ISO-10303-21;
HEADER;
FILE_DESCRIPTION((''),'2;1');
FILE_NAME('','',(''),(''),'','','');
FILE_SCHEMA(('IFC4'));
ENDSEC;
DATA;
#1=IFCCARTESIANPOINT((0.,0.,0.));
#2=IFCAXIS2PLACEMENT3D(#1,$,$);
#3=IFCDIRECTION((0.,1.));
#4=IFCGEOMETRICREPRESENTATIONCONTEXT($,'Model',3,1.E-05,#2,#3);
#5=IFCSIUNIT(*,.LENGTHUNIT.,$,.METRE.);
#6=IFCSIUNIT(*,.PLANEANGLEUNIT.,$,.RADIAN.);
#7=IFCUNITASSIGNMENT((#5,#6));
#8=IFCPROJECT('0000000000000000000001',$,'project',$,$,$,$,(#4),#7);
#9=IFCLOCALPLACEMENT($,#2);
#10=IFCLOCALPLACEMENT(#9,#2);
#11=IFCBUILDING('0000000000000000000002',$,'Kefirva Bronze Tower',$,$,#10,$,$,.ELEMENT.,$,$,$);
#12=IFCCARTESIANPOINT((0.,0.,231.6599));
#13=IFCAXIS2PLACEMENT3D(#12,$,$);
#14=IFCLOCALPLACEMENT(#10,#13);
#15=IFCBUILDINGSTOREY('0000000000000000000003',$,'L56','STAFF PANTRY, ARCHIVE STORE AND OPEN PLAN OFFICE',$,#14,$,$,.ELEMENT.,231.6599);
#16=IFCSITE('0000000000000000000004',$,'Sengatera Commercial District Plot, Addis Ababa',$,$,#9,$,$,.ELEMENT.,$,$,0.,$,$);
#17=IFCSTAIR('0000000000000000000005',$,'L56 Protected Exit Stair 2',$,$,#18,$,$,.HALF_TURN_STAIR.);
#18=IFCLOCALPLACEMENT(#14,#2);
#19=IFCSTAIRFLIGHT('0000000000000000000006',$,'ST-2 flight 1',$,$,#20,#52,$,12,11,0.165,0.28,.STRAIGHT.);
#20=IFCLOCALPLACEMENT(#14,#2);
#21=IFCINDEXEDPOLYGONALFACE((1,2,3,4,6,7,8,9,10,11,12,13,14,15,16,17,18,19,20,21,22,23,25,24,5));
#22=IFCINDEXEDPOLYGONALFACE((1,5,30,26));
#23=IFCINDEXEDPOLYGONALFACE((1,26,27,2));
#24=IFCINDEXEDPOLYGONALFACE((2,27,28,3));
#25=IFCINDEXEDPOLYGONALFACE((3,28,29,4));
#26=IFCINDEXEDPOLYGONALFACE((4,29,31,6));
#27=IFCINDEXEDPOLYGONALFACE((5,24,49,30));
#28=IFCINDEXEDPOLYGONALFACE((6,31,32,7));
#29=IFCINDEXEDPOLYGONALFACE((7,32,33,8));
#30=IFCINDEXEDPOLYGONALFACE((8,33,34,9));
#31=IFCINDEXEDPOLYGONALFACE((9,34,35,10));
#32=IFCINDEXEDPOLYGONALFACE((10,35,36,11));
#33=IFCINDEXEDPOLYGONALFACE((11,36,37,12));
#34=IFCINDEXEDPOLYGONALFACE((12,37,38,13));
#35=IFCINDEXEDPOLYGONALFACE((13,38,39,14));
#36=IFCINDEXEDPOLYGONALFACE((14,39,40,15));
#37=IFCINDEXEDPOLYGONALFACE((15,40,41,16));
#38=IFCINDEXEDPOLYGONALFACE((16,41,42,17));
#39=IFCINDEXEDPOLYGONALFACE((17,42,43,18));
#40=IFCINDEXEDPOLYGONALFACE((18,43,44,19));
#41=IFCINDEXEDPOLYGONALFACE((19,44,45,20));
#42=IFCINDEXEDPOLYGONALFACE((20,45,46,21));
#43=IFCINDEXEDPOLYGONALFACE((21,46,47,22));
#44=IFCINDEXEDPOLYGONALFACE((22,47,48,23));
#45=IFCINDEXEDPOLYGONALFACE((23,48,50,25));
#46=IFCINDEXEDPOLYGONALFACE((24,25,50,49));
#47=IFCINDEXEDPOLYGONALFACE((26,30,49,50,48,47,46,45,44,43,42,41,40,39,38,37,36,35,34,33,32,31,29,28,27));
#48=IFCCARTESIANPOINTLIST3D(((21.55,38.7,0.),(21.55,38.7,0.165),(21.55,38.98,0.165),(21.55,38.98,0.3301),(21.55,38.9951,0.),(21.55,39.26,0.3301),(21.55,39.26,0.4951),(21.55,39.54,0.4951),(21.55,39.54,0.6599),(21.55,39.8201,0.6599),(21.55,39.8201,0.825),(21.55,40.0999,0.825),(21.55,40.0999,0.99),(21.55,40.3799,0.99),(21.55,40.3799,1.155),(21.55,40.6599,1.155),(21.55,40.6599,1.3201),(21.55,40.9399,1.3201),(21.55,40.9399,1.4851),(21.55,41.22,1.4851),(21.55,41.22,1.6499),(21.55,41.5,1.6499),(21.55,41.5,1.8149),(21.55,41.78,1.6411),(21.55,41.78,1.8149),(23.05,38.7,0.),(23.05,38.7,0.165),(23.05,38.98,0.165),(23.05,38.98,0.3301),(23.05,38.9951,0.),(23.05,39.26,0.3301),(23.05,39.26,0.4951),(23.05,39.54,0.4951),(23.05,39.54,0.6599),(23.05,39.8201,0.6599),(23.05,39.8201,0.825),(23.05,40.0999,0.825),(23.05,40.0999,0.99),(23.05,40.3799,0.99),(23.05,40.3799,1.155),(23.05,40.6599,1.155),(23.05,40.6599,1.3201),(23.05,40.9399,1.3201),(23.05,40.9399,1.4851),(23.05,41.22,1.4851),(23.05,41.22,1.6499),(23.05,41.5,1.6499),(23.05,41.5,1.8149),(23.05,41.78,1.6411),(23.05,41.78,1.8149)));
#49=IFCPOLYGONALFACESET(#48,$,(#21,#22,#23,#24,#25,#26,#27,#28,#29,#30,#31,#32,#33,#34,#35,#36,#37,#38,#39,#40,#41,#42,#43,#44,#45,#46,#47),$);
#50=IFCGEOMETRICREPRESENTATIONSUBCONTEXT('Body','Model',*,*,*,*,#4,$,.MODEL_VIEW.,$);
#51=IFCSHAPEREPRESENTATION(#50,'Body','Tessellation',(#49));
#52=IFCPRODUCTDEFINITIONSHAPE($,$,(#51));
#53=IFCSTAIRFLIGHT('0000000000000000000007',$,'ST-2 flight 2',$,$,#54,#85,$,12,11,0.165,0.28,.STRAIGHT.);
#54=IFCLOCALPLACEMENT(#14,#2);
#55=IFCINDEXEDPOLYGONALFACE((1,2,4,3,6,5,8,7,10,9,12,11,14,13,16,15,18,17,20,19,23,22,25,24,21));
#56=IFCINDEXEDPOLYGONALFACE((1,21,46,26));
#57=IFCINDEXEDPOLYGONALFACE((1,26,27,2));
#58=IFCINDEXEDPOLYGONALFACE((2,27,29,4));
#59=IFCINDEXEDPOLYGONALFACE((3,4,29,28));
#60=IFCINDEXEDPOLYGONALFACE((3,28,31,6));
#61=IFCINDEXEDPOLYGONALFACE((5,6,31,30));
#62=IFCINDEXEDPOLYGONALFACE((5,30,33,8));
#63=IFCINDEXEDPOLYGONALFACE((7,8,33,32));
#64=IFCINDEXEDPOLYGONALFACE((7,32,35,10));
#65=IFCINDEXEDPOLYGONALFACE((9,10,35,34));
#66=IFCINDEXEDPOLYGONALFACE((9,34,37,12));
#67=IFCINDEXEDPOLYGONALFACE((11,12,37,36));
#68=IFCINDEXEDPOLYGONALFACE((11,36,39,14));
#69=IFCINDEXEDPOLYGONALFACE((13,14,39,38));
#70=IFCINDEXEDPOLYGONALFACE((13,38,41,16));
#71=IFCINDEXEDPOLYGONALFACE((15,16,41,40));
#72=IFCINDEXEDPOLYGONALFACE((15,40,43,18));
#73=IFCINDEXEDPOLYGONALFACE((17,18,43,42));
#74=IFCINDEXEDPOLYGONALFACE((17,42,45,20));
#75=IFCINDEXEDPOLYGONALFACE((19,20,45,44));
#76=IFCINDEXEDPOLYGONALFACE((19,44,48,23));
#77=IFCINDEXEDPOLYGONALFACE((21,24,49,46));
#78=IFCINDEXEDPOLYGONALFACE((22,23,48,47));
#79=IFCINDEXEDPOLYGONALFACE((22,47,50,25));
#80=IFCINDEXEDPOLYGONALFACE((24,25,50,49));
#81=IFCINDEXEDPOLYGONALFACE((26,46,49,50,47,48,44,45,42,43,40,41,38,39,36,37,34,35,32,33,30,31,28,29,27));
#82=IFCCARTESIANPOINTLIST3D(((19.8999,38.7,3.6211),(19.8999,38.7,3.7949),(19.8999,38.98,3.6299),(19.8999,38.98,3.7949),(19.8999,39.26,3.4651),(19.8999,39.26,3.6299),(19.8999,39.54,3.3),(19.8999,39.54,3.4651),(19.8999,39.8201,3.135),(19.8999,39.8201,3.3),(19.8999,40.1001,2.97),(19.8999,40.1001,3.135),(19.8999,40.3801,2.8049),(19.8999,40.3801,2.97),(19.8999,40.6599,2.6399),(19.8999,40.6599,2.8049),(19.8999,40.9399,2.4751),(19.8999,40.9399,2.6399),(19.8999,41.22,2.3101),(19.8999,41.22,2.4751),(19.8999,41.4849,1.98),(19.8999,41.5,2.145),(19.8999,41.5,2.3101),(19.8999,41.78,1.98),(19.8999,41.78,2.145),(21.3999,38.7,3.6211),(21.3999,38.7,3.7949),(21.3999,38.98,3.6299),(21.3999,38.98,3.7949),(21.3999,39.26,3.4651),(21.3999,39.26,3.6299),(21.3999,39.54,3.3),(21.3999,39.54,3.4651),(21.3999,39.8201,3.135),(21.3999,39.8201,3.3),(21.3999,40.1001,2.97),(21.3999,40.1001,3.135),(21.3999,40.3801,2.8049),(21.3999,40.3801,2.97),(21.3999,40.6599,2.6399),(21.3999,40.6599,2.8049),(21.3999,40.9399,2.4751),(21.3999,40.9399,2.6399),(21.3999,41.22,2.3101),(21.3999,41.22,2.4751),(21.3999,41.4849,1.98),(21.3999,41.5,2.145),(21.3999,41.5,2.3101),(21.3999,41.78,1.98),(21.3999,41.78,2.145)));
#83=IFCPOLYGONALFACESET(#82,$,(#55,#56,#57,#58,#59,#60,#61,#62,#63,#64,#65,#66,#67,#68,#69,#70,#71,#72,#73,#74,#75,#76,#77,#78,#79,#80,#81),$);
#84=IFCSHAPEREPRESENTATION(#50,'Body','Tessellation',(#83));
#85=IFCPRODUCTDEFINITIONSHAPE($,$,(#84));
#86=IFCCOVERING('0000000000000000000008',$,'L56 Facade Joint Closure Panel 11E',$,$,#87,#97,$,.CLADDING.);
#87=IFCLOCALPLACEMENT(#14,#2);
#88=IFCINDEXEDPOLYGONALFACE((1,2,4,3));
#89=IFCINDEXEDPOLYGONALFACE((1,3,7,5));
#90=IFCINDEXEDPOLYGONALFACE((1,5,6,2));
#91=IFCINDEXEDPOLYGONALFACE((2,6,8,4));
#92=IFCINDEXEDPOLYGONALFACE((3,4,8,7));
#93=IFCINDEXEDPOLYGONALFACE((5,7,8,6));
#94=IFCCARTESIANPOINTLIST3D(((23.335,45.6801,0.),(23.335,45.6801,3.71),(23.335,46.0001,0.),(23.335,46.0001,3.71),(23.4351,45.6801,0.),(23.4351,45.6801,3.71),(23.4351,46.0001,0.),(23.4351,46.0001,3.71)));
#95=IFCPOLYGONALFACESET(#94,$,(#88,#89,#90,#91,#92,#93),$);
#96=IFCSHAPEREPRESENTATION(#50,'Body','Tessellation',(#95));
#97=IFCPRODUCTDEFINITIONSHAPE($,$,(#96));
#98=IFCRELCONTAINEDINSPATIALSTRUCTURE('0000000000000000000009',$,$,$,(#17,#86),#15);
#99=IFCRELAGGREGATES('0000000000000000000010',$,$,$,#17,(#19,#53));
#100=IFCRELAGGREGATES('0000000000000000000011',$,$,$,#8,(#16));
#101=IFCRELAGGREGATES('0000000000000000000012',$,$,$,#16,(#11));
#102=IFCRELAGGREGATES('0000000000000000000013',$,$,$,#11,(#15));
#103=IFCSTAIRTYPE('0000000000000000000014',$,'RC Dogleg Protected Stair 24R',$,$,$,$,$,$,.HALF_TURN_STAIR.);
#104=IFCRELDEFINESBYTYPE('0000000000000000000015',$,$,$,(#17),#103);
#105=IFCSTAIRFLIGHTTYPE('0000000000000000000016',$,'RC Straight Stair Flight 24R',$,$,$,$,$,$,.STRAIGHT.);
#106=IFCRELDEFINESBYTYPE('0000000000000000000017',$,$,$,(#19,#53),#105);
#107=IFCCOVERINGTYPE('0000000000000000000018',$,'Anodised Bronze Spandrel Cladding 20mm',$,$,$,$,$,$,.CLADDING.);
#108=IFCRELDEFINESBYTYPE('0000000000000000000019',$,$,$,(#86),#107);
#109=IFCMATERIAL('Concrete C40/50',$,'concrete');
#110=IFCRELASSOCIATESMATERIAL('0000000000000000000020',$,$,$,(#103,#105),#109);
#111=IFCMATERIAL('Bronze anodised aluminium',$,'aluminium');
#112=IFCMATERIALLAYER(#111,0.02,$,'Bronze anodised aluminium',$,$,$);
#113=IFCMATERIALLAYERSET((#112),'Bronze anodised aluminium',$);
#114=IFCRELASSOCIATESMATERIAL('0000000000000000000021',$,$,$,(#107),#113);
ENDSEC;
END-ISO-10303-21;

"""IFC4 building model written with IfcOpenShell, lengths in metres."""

from ifc_helpers import new_model, si_unit, direction, frame, origin, origin_2d, place, context, subcontext, project, spatial, polyline, rectangle, outline, extrude, material, layer, layer_set, type_object, element, aggregate, save


model = new_model("IFC4")

# Units and contexts
model_context = context("Model", 3, precision=1e-05, world=origin(), true_north=direction((0.0, 1.0)))
body_context = subcontext(model_context, "Body", "Model", "MODEL_VIEW")
ifc_project = project(units=[si_unit("LENGTHUNIT", "METRE"), si_unit("PLANEANGLEUNIT", "RADIAN")], contexts=[model_context])

# Site, building, storey
site_placement = place(None, origin())
site = spatial("IfcSite", under=ifc_project, at=site_placement, Name="Sengatera Commercial District Plot, Addis Ababa", CompositionType="ELEMENT", RefElevation=0.0)
building_placement = place(site_placement, origin())
building = spatial("IfcBuilding", under=site, at=building_placement, Name="Kefirva Bronze Tower", CompositionType="ELEMENT")
storey_placement = place(building_placement, frame((0.0, 0.0, 231.6599)))
storey = spatial("IfcBuildingStorey", under=building, at=storey_placement, Name="L56", Description="STAFF PANTRY, ARCHIVE STORE AND OPEN PLAN OFFICE", CompositionType="ELEMENT", Elevation=231.6599)

# Stair, stair flights
ifc_material_1 = material(Name="Concrete C40/50", Category="concrete")
stair_type = type_object("IfcStairType", Name="RC Dogleg Protected Stair 24R", PredefinedType="HALF_TURN_STAIR", material=ifc_material_1)
stair_placement = place(storey_placement, origin())
stair = element("IfcStair", 1, at=stair_placement, inside=storey, type_object=stair_type, Name="L56 Protected Exit Stair 2", PredefinedType="HALF_TURN_STAIR")
stair_flight_type = type_object("IfcStairFlightType", Name="RC Straight Stair Flight 24R", PredefinedType="STRAIGHT", material=ifc_material_1)
stair_flight_1_placement = place(storey_placement, frame((22.3, 38.7, 0.0), z_axis=(0.0, 0.0, 1.0), x_axis=(0.0, 1.0, 0.0)))
stair_flight_1 = element("IfcStairFlight", 2, at=stair_flight_1_placement, type_object=stair_flight_type, Name="ST-2 flight 1", NumberOfRisers=12, NumberOfTreads=11, PredefinedType="STRAIGHT", RiserHeight=0.165, TreadLength=0.28, context=body_context, shape_type="SweptSolid", body=[
    extrude(outline(polyline([(0.0, 0.0), (0.0, 0.165), (0.28, 0.165), (0.28, 0.3301), (0.5601, 0.3301), (0.5601, 0.4951), (0.8401, 0.4951), (0.8401, 0.6599), (1.1201, 0.6599), (1.1201, 0.825), (1.3999, 0.825), (1.3999, 0.99), (1.6799, 0.99), (1.6799, 1.155), (1.96, 1.155), (1.96, 1.3201), (2.24, 1.3201), (2.24, 1.4851), (2.52, 1.4851), (2.52, 1.6499), (2.8, 1.6499), (2.8, 1.8149), (3.0801, 1.8149), (3.0801, 1.98), (3.0801, 1.6411), (0.2952, 0.0), (0.0, 0.0)])), frame((0.0, 0.75, 0.0), z_axis=(0.0, -1.0, 0.0), x_axis=(1.0, 0.0, 0.0)), (0.0, 0.0, 1.0), 1.5),
])
stair_flight_2_placement = place(storey_placement, frame((20.6499, 41.78, 1.98), z_axis=(0.0, 0.0, 1.0), x_axis=(0.0, -1.0, 0.0)))
stair_flight_2 = element("IfcStairFlight", 3, at=stair_flight_2_placement, type_object=stair_flight_type, Name="ST-2 flight 2", NumberOfRisers=12, NumberOfTreads=11, PredefinedType="STRAIGHT", RiserHeight=0.165, TreadLength=0.28, context=body_context, shape_type="SweptSolid", body=[
    extrude(outline(polyline([(0.0, 0.0), (0.0, 0.165), (0.28, 0.165), (0.28, 0.3301), (0.5601, 0.3301), (0.5601, 0.4951), (0.8401, 0.4951), (0.8401, 0.6599), (1.1201, 0.6599), (1.1201, 0.825), (1.3999, 0.825), (1.3999, 0.99), (1.6799, 0.99), (1.6799, 1.155), (1.96, 1.155), (1.96, 1.3201), (2.24, 1.3201), (2.24, 1.4851), (2.52, 1.4851), (2.52, 1.6499), (2.8, 1.6499), (2.8, 1.8149), (3.0801, 1.8149), (3.0801, 1.98), (3.0801, 1.6411), (0.2952, 0.0), (0.0, 0.0)])), frame((0.0, 0.75, 0.0), z_axis=(0.0, -1.0, 0.0), x_axis=(1.0, 0.0, 0.0)), (0.0, 0.0, 1.0), 1.5),
])
aggregate(stair, [stair_flight_1, stair_flight_2])

# Covering
ifc_material_2 = material(Name="Bronze anodised aluminium", Category="aluminium")
ifc_layer_1 = layer(ifc_material_2, 0.02, Name="Bronze anodised aluminium")
ifc_layer_set_1 = layer_set([ifc_layer_1], Name="Bronze anodised aluminium")
covering_type = type_object("IfcCoveringType", Name="Anodised Bronze Spandrel Cladding 20mm", PredefinedType="CLADDING", material=ifc_layer_set_1)
covering_placement = place(storey_placement, frame((23.385, 45.8401, 0.0), z_axis=(0.0, 0.0, 1.0), x_axis=(-1.0, 0.0, 0.0)))
element("IfcCovering", 4, at=covering_placement, inside=storey, type_object=covering_type, Name="L56 Facade Joint Closure Panel 11E", PredefinedType="CLADDING", context=body_context, shape_type="SweptSolid", body=[
    extrude(rectangle(XDim=0.1001, YDim=0.3201, at=origin_2d()), origin(), (0.0, 0.0, 1.0), 3.71),
])

save(model, "model.ifc")
